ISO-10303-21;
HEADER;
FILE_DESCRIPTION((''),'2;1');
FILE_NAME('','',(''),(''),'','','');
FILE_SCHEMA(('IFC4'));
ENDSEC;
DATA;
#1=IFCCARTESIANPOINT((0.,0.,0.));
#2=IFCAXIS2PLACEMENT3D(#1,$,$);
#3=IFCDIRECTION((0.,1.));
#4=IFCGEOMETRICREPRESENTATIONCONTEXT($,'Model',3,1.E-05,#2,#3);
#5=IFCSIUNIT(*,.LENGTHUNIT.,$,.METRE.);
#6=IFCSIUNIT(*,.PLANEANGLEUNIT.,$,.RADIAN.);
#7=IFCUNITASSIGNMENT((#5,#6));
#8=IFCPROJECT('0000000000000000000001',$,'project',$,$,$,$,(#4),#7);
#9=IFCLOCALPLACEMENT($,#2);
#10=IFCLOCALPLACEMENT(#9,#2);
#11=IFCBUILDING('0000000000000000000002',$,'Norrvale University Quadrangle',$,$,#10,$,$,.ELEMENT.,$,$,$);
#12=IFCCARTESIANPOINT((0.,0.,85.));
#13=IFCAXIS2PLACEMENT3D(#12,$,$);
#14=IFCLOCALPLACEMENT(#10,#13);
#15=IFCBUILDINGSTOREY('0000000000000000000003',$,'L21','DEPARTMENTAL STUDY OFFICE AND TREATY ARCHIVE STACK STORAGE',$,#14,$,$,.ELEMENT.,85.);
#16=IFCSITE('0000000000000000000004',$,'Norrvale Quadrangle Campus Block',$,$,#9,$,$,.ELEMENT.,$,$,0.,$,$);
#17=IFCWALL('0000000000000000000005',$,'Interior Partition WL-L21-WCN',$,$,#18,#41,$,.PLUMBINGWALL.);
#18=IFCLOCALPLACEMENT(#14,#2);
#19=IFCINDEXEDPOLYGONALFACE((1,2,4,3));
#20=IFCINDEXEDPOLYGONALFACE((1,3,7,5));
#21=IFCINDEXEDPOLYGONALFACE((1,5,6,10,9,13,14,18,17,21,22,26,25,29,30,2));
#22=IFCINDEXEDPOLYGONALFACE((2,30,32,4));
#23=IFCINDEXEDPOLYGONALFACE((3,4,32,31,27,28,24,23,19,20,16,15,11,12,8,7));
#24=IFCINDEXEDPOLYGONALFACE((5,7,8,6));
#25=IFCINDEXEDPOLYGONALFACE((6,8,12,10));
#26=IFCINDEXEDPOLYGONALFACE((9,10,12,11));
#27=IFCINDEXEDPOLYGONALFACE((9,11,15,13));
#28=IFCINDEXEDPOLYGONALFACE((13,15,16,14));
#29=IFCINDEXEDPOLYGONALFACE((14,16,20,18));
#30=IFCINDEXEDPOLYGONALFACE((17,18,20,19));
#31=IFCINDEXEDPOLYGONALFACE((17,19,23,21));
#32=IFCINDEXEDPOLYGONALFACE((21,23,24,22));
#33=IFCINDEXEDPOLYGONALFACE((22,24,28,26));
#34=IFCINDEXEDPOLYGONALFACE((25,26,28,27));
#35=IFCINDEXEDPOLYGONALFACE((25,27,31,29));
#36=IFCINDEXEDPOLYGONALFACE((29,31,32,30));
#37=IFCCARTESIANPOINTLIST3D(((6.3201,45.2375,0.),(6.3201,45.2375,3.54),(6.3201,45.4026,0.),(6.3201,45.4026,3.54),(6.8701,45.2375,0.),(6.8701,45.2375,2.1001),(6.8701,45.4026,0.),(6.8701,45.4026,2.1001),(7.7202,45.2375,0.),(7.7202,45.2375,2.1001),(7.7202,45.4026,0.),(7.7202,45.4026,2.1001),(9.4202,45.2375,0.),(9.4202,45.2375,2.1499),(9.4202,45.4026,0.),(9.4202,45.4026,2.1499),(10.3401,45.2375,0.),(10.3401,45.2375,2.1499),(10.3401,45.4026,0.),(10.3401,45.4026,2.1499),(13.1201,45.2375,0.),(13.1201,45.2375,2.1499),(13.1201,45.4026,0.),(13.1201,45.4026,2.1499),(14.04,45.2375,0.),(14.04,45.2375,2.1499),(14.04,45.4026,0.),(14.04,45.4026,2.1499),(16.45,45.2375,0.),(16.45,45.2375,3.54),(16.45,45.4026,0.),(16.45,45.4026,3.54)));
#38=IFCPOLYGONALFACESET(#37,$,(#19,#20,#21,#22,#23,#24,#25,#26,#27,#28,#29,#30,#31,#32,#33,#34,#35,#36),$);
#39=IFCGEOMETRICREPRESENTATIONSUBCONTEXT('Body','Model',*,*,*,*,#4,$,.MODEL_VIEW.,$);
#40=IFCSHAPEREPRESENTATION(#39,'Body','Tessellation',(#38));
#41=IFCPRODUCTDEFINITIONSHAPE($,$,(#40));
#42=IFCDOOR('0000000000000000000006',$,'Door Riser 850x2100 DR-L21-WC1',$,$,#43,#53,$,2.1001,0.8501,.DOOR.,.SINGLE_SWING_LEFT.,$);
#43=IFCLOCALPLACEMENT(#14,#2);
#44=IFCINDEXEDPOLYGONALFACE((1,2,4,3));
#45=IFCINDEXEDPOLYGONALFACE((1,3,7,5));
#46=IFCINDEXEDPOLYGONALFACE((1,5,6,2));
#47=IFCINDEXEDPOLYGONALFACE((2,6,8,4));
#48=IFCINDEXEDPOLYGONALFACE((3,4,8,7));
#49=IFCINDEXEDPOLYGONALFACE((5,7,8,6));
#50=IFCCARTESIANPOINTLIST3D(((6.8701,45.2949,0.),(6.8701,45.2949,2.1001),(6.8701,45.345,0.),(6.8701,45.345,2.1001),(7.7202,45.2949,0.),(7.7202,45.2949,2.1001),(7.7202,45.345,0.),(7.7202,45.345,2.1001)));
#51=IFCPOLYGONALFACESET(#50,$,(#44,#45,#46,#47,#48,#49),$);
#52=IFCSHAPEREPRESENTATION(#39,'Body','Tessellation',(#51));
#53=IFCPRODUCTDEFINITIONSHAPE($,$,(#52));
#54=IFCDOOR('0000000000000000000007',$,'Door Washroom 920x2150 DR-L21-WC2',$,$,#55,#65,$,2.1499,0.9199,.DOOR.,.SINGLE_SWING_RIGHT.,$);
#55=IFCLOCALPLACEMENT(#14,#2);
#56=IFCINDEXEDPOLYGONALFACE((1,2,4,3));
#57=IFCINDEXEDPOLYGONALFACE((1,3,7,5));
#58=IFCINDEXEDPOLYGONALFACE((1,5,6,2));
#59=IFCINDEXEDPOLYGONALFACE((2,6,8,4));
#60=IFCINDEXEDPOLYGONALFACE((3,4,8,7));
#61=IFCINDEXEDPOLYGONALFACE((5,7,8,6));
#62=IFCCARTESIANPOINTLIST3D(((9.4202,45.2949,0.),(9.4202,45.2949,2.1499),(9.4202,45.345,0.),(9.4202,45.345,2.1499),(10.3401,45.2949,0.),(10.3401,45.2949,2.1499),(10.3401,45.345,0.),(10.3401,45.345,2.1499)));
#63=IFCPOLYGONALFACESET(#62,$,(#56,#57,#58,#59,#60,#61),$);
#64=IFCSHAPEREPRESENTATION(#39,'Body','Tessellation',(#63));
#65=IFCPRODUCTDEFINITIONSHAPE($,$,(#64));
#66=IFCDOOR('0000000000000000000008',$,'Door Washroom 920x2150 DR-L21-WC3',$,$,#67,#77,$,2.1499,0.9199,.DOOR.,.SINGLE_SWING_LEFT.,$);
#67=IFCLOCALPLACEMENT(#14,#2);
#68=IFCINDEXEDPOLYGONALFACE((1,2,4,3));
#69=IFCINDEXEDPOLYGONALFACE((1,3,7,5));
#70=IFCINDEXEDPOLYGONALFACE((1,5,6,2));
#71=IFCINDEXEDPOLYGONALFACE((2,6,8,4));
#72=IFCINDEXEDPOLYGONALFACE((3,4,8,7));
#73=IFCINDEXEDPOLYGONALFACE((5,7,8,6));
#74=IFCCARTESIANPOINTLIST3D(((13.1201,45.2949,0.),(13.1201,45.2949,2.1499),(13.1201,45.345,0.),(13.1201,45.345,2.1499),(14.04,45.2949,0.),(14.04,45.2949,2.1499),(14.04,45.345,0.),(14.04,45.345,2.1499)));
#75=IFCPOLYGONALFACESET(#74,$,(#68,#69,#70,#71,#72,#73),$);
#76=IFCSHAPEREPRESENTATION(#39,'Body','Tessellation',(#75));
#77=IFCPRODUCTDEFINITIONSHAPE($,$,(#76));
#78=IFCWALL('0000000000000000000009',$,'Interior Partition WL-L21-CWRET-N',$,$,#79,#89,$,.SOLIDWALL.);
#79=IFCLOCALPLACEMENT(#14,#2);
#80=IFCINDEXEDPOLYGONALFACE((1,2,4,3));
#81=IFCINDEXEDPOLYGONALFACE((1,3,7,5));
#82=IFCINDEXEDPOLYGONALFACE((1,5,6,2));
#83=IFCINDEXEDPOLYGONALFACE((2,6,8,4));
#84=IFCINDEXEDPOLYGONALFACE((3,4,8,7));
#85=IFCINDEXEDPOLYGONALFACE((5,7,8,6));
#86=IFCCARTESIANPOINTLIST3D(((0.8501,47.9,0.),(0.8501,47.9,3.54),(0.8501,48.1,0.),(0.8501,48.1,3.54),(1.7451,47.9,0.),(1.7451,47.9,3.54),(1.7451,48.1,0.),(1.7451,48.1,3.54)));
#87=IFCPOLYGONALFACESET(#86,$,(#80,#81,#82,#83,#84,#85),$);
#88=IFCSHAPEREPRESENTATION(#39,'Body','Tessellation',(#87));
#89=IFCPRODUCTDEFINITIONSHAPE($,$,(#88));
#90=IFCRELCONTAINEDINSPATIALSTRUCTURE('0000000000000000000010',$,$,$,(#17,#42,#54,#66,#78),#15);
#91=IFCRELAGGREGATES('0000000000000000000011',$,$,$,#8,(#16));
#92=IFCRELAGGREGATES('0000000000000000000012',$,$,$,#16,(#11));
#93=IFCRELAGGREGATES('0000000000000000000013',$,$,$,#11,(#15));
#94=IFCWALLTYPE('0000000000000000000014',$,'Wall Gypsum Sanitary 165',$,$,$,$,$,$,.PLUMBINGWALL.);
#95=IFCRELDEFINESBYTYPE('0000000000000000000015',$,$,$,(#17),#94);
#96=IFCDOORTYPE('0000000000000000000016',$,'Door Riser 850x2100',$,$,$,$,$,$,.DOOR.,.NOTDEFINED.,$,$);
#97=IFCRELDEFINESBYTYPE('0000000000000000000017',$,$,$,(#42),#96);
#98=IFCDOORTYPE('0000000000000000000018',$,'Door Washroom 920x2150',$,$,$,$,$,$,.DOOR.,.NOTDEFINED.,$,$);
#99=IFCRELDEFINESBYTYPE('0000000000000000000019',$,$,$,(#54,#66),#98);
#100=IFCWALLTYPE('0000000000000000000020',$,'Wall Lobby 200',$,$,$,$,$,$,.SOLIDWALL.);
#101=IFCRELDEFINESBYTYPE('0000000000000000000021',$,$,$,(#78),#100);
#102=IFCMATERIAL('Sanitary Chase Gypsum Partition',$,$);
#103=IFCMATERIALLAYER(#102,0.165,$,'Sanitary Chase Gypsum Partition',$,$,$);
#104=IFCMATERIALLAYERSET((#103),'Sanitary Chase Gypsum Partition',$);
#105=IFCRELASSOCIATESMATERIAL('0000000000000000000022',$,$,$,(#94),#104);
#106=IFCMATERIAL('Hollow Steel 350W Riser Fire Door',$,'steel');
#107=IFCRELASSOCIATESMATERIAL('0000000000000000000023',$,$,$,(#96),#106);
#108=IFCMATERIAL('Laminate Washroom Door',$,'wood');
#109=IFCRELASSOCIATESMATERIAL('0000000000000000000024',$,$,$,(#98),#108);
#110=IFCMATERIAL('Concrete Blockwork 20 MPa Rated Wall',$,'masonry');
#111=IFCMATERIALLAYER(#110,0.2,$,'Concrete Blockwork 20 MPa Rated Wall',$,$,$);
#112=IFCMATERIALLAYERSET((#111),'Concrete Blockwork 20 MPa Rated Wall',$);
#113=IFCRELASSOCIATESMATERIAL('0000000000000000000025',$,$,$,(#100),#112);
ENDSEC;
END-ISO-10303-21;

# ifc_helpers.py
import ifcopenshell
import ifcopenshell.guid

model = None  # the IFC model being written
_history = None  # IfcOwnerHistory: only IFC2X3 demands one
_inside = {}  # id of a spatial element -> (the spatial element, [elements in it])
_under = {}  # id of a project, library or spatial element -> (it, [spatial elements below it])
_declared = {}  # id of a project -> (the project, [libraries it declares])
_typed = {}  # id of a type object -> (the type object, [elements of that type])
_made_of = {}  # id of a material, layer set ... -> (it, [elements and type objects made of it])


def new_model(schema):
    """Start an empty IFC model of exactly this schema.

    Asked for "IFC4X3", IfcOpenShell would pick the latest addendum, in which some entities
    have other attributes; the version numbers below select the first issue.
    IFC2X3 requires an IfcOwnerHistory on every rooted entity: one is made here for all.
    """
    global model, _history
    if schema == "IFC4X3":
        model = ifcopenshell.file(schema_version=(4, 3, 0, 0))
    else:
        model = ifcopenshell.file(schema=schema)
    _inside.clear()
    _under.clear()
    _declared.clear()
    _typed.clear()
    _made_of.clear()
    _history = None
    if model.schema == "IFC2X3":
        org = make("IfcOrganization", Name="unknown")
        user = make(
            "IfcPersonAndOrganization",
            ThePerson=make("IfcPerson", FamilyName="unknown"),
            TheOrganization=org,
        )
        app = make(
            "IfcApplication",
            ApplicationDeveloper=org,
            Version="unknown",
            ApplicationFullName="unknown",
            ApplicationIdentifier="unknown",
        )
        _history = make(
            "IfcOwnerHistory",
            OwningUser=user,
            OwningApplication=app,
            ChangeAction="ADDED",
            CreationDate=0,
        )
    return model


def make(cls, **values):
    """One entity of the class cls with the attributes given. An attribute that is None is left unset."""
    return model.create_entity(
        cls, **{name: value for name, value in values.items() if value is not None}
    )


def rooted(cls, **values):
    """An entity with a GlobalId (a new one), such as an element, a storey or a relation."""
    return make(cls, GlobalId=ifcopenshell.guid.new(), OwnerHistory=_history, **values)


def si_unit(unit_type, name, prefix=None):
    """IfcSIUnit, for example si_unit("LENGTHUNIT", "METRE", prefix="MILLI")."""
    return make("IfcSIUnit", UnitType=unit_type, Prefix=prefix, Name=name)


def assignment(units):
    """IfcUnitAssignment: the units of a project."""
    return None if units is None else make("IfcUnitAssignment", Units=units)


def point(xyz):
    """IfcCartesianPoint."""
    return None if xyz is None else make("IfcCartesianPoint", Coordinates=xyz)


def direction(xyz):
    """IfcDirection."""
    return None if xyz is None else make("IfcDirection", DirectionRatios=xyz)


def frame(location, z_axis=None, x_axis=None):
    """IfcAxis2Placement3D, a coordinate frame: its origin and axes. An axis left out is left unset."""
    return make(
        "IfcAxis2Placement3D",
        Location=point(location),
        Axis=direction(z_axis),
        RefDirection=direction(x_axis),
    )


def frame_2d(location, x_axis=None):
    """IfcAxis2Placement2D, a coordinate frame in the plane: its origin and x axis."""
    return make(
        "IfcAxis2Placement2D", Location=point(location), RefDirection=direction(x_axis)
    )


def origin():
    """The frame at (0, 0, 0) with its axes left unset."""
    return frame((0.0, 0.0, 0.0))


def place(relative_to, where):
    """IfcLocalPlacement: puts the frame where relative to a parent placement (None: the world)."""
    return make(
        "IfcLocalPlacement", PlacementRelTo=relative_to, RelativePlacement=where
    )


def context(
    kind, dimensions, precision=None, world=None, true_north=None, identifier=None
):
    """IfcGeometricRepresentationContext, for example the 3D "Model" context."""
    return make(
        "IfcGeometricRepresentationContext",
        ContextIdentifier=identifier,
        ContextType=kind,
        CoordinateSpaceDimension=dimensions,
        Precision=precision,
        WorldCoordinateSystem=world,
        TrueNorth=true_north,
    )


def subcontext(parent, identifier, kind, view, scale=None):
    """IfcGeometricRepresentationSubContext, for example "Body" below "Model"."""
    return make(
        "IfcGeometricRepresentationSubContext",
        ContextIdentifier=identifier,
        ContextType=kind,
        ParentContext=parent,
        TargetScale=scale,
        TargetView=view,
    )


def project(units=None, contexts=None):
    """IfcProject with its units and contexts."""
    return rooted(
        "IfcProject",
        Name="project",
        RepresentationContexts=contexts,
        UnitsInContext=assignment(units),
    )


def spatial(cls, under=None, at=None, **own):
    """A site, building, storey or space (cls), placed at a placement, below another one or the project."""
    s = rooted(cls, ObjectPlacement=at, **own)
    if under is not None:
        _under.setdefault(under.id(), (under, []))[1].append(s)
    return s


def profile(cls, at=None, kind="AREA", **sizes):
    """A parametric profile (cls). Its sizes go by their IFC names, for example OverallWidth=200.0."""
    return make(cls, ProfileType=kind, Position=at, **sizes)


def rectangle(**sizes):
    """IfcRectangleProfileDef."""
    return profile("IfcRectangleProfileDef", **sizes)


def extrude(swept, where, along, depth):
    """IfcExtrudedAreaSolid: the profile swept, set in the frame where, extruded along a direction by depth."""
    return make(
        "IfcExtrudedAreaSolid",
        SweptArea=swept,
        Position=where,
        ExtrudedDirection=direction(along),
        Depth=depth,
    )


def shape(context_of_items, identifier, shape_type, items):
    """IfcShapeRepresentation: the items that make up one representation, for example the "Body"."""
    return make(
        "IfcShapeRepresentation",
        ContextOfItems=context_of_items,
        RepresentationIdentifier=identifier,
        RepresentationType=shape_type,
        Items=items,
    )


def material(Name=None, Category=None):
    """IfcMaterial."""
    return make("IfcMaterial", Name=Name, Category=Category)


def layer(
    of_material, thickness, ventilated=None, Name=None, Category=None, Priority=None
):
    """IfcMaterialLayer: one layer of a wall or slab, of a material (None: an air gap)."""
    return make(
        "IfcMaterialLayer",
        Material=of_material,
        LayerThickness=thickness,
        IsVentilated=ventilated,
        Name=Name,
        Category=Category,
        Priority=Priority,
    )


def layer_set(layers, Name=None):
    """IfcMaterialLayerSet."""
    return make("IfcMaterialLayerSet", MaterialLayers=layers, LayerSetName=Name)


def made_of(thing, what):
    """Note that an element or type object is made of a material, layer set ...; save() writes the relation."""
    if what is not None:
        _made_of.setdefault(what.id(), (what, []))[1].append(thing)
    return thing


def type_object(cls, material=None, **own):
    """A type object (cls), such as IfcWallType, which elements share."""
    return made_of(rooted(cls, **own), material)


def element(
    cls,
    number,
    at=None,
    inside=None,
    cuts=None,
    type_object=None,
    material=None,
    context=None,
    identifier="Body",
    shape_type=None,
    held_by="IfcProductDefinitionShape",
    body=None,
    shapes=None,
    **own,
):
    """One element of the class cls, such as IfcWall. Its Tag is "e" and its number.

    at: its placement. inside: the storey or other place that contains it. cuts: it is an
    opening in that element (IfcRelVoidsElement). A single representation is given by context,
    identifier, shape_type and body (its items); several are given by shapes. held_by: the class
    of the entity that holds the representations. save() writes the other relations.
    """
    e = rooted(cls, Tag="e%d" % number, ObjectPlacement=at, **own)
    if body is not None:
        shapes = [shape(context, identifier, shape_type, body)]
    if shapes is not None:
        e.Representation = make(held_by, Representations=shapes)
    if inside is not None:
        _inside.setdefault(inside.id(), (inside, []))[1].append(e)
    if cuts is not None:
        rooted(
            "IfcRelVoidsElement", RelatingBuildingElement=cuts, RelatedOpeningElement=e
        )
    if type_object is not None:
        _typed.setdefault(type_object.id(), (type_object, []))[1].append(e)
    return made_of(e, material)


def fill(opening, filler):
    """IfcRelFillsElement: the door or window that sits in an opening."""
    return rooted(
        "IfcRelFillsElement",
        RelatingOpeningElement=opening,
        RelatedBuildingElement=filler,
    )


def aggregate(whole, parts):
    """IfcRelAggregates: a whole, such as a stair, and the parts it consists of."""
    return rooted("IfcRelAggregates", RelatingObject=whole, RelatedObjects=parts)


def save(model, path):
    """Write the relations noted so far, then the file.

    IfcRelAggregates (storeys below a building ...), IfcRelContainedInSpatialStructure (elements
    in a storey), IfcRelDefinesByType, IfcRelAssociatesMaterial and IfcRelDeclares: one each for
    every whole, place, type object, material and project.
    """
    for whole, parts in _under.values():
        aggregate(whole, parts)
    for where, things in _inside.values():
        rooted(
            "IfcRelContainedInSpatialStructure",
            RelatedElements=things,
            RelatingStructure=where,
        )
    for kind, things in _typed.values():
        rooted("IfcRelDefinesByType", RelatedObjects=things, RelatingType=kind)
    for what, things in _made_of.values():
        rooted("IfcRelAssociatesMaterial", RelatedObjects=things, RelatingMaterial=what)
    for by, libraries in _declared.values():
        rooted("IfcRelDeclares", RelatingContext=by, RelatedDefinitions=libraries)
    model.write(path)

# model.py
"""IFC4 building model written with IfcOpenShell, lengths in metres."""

from ifc_helpers import new_model, si_unit, direction, frame, frame_2d, origin, place, context, subcontext, project, spatial, rectangle, extrude, material, layer, layer_set, type_object, element, fill, save


model = new_model("IFC4")

# Units and contexts
model_context = context("Model", 3, precision=1e-05, world=origin(), true_north=direction((0.0, 1.0)))
body_context = subcontext(model_context, "Body", "Model", "MODEL_VIEW")
ifc_project = project(units=[si_unit("LENGTHUNIT", "METRE"), si_unit("PLANEANGLEUNIT", "RADIAN")], contexts=[model_context])

# Site, building, storey
site_placement = place(None, origin())
site = spatial("IfcSite", under=ifc_project, at=site_placement, Name="Norrvale Quadrangle Campus Block", CompositionType="ELEMENT", RefElevation=0.0)
building_placement = place(site_placement, origin())
building = spatial("IfcBuilding", under=site, at=building_placement, Name="Norrvale University Quadrangle", CompositionType="ELEMENT")
storey_placement = place(building_placement, frame((0.0, 0.0, 85.0)))
storey = spatial("IfcBuildingStorey", under=building, at=storey_placement, Name="L21", Description="DEPARTMENTAL STUDY OFFICE AND TREATY ARCHIVE STACK STORAGE", CompositionType="ELEMENT", Elevation=85.0)

# Wall, openings, doors
ifc_material_1 = material(Name="Sanitary Chase Gypsum Partition")
ifc_layer_1 = layer(ifc_material_1, 0.165, Name="Sanitary Chase Gypsum Partition")
ifc_layer_set_1 = layer_set([ifc_layer_1], Name="Sanitary Chase Gypsum Partition")
wall_type_1 = type_object("IfcWallType", Name="Wall Gypsum Sanitary 165", PredefinedType="PLUMBINGWALL", material=ifc_layer_set_1)
wall_1_placement = place(storey_placement, frame((6.3201, 45.3201, 0.0), z_axis=(0.0, 0.0, 1.0), x_axis=(1.0, 0.0, 0.0)))
wall_1 = element("IfcWall", 1, at=wall_1_placement, inside=storey, type_object=wall_type_1, Name="Interior Partition WL-L21-WCN", PredefinedType="PLUMBINGWALL", context=body_context, shape_type="SweptSolid", body=[
    extrude(rectangle(XDim=10.1299, YDim=0.165, at=frame_2d((5.0649, 0.0))), origin(), (0.0, 0.0, 1.0), 3.54),
])
opening_1_placement = place(wall_1_placement, frame((0.55, 0.0, 0.0)))
opening_1 = element("IfcOpeningElement", 2, at=opening_1_placement, cuts=wall_1, PredefinedType="OPENING", context=body_context, shape_type="SweptSolid", body=[
    extrude(rectangle(XDim=0.8501, YDim=2.1001, at=frame_2d((0.425, 1.05))), frame((0.0, 0.0945, 0.0), z_axis=(0.0, -1.0, 0.0), x_axis=(1.0, 0.0, 0.0)), (0.0, 0.0, 1.0), 0.189),
])
opening_2_placement = place(wall_1_placement, frame((3.1001, 0.0, 0.0)))
opening_2 = element("IfcOpeningElement", 3, at=opening_2_placement, cuts=wall_1, PredefinedType="OPENING", context=body_context, shape_type="SweptSolid", body=[
    extrude(rectangle(XDim=0.9199, YDim=2.1499, at=frame_2d((0.46, 1.075))), frame((0.0, 0.0945, 0.0), z_axis=(0.0, -1.0, 0.0), x_axis=(1.0, 0.0, 0.0)), (0.0, 0.0, 1.0), 0.189),
])
opening_3_placement = place(wall_1_placement, frame((6.8, 0.0, 0.0)))
opening_3 = element("IfcOpeningElement", 4, at=opening_3_placement, cuts=wall_1, PredefinedType="OPENING", context=body_context, shape_type="SweptSolid", body=[
    extrude(rectangle(XDim=0.9199, YDim=2.1499, at=frame_2d((0.46, 1.075))), frame((0.0, 0.0945, 0.0), z_axis=(0.0, -1.0, 0.0), x_axis=(1.0, 0.0, 0.0)), (0.0, 0.0, 1.0), 0.189),
])
ifc_material_2 = material(Name="Hollow Steel 350W Riser Fire Door", Category="steel")
door_type_1 = type_object("IfcDoorType", Name="Door Riser 850x2100", OperationType="NOTDEFINED", PredefinedType="DOOR", material=ifc_material_2)
door_1_placement = place(opening_1_placement, origin())
door_1 = element("IfcDoor", 5, at=door_1_placement, inside=storey, type_object=door_type_1, Name="Door Riser 850x2100 DR-L21-WC1", OperationType="SINGLE_SWING_LEFT", OverallHeight=2.1001, OverallWidth=0.8501, PredefinedType="DOOR", context=body_context, shape_type="SweptSolid", body=[
    extrude(rectangle(XDim=0.8501, YDim=2.1001, at=frame_2d((0.425, 1.05))), frame((0.0, 0.0249, 0.0), z_axis=(0.0, -1.0, 0.0), x_axis=(1.0, 0.0, 0.0)), (0.0, 0.0, 1.0), 0.05),
])
fill(opening_1, door_1)
ifc_material_3 = material(Name="Laminate Washroom Door", Category="wood")
door_type_2 = type_object("IfcDoorType", Name="Door Washroom 920x2150", OperationType="NOTDEFINED", PredefinedType="DOOR", material=ifc_material_3)
door_2_placement = place(opening_2_placement, origin())
door_2 = element("IfcDoor", 6, at=door_2_placement, inside=storey, type_object=door_type_2, Name="Door Washroom 920x2150 DR-L21-WC2", OperationType="SINGLE_SWING_RIGHT", OverallHeight=2.1499, OverallWidth=0.9199, PredefinedType="DOOR", context=body_context, shape_type="SweptSolid", body=[
    extrude(rectangle(XDim=0.9199, YDim=2.1499, at=frame_2d((0.46, 1.075))), frame((0.0, 0.0249, 0.0), z_axis=(0.0, -1.0, 0.0), x_axis=(1.0, 0.0, 0.0)), (0.0, 0.0, 1.0), 0.05),
])
fill(opening_2, door_2)
door_3_placement = place(opening_3_placement, origin())
door_3 = element("IfcDoor", 7, at=door_3_placement, inside=storey, type_object=door_type_2, Name="Door Washroom 920x2150 DR-L21-WC3", OperationType="SINGLE_SWING_LEFT", OverallHeight=2.1499, OverallWidth=0.9199, PredefinedType="DOOR", context=body_context, shape_type="SweptSolid", body=[
    extrude(rectangle(XDim=0.9199, YDim=2.1499, at=frame_2d((0.46, 1.075))), frame((0.0, 0.0249, 0.0), z_axis=(0.0, -1.0, 0.0), x_axis=(1.0, 0.0, 0.0)), (0.0, 0.0, 1.0), 0.05),
])
fill(opening_3, door_3)

# Wall
ifc_material_4 = material(Name="Concrete Blockwork 20 MPa Rated Wall", Category="masonry")
ifc_layer_2 = layer(ifc_material_4, 0.2, Name="Concrete Blockwork 20 MPa Rated Wall")
ifc_layer_set_2 = layer_set([ifc_layer_2], Name="Concrete Blockwork 20 MPa Rated Wall")
wall_type_2 = type_object("IfcWallType", Name="Wall Lobby 200", PredefinedType="SOLIDWALL", material=ifc_layer_set_2)
wall_2_placement = place(storey_placement, frame((0.8501, 48.0, 0.0), z_axis=(0.0, 0.0, 1.0), x_axis=(1.0, 0.0, 0.0)))
element("IfcWall", 8, at=wall_2_placement, inside=storey, type_object=wall_type_2, Name="Interior Partition WL-L21-CWRET-N", PredefinedType="SOLIDWALL", context=body_context, shape_type="SweptSolid", body=[
    extrude(rectangle(XDim=0.895, YDim=0.2, at=frame_2d((0.4475, 0.0))), origin(), (0.0, 0.0, 1.0), 3.54),
])

save(model, "model.ifc")
